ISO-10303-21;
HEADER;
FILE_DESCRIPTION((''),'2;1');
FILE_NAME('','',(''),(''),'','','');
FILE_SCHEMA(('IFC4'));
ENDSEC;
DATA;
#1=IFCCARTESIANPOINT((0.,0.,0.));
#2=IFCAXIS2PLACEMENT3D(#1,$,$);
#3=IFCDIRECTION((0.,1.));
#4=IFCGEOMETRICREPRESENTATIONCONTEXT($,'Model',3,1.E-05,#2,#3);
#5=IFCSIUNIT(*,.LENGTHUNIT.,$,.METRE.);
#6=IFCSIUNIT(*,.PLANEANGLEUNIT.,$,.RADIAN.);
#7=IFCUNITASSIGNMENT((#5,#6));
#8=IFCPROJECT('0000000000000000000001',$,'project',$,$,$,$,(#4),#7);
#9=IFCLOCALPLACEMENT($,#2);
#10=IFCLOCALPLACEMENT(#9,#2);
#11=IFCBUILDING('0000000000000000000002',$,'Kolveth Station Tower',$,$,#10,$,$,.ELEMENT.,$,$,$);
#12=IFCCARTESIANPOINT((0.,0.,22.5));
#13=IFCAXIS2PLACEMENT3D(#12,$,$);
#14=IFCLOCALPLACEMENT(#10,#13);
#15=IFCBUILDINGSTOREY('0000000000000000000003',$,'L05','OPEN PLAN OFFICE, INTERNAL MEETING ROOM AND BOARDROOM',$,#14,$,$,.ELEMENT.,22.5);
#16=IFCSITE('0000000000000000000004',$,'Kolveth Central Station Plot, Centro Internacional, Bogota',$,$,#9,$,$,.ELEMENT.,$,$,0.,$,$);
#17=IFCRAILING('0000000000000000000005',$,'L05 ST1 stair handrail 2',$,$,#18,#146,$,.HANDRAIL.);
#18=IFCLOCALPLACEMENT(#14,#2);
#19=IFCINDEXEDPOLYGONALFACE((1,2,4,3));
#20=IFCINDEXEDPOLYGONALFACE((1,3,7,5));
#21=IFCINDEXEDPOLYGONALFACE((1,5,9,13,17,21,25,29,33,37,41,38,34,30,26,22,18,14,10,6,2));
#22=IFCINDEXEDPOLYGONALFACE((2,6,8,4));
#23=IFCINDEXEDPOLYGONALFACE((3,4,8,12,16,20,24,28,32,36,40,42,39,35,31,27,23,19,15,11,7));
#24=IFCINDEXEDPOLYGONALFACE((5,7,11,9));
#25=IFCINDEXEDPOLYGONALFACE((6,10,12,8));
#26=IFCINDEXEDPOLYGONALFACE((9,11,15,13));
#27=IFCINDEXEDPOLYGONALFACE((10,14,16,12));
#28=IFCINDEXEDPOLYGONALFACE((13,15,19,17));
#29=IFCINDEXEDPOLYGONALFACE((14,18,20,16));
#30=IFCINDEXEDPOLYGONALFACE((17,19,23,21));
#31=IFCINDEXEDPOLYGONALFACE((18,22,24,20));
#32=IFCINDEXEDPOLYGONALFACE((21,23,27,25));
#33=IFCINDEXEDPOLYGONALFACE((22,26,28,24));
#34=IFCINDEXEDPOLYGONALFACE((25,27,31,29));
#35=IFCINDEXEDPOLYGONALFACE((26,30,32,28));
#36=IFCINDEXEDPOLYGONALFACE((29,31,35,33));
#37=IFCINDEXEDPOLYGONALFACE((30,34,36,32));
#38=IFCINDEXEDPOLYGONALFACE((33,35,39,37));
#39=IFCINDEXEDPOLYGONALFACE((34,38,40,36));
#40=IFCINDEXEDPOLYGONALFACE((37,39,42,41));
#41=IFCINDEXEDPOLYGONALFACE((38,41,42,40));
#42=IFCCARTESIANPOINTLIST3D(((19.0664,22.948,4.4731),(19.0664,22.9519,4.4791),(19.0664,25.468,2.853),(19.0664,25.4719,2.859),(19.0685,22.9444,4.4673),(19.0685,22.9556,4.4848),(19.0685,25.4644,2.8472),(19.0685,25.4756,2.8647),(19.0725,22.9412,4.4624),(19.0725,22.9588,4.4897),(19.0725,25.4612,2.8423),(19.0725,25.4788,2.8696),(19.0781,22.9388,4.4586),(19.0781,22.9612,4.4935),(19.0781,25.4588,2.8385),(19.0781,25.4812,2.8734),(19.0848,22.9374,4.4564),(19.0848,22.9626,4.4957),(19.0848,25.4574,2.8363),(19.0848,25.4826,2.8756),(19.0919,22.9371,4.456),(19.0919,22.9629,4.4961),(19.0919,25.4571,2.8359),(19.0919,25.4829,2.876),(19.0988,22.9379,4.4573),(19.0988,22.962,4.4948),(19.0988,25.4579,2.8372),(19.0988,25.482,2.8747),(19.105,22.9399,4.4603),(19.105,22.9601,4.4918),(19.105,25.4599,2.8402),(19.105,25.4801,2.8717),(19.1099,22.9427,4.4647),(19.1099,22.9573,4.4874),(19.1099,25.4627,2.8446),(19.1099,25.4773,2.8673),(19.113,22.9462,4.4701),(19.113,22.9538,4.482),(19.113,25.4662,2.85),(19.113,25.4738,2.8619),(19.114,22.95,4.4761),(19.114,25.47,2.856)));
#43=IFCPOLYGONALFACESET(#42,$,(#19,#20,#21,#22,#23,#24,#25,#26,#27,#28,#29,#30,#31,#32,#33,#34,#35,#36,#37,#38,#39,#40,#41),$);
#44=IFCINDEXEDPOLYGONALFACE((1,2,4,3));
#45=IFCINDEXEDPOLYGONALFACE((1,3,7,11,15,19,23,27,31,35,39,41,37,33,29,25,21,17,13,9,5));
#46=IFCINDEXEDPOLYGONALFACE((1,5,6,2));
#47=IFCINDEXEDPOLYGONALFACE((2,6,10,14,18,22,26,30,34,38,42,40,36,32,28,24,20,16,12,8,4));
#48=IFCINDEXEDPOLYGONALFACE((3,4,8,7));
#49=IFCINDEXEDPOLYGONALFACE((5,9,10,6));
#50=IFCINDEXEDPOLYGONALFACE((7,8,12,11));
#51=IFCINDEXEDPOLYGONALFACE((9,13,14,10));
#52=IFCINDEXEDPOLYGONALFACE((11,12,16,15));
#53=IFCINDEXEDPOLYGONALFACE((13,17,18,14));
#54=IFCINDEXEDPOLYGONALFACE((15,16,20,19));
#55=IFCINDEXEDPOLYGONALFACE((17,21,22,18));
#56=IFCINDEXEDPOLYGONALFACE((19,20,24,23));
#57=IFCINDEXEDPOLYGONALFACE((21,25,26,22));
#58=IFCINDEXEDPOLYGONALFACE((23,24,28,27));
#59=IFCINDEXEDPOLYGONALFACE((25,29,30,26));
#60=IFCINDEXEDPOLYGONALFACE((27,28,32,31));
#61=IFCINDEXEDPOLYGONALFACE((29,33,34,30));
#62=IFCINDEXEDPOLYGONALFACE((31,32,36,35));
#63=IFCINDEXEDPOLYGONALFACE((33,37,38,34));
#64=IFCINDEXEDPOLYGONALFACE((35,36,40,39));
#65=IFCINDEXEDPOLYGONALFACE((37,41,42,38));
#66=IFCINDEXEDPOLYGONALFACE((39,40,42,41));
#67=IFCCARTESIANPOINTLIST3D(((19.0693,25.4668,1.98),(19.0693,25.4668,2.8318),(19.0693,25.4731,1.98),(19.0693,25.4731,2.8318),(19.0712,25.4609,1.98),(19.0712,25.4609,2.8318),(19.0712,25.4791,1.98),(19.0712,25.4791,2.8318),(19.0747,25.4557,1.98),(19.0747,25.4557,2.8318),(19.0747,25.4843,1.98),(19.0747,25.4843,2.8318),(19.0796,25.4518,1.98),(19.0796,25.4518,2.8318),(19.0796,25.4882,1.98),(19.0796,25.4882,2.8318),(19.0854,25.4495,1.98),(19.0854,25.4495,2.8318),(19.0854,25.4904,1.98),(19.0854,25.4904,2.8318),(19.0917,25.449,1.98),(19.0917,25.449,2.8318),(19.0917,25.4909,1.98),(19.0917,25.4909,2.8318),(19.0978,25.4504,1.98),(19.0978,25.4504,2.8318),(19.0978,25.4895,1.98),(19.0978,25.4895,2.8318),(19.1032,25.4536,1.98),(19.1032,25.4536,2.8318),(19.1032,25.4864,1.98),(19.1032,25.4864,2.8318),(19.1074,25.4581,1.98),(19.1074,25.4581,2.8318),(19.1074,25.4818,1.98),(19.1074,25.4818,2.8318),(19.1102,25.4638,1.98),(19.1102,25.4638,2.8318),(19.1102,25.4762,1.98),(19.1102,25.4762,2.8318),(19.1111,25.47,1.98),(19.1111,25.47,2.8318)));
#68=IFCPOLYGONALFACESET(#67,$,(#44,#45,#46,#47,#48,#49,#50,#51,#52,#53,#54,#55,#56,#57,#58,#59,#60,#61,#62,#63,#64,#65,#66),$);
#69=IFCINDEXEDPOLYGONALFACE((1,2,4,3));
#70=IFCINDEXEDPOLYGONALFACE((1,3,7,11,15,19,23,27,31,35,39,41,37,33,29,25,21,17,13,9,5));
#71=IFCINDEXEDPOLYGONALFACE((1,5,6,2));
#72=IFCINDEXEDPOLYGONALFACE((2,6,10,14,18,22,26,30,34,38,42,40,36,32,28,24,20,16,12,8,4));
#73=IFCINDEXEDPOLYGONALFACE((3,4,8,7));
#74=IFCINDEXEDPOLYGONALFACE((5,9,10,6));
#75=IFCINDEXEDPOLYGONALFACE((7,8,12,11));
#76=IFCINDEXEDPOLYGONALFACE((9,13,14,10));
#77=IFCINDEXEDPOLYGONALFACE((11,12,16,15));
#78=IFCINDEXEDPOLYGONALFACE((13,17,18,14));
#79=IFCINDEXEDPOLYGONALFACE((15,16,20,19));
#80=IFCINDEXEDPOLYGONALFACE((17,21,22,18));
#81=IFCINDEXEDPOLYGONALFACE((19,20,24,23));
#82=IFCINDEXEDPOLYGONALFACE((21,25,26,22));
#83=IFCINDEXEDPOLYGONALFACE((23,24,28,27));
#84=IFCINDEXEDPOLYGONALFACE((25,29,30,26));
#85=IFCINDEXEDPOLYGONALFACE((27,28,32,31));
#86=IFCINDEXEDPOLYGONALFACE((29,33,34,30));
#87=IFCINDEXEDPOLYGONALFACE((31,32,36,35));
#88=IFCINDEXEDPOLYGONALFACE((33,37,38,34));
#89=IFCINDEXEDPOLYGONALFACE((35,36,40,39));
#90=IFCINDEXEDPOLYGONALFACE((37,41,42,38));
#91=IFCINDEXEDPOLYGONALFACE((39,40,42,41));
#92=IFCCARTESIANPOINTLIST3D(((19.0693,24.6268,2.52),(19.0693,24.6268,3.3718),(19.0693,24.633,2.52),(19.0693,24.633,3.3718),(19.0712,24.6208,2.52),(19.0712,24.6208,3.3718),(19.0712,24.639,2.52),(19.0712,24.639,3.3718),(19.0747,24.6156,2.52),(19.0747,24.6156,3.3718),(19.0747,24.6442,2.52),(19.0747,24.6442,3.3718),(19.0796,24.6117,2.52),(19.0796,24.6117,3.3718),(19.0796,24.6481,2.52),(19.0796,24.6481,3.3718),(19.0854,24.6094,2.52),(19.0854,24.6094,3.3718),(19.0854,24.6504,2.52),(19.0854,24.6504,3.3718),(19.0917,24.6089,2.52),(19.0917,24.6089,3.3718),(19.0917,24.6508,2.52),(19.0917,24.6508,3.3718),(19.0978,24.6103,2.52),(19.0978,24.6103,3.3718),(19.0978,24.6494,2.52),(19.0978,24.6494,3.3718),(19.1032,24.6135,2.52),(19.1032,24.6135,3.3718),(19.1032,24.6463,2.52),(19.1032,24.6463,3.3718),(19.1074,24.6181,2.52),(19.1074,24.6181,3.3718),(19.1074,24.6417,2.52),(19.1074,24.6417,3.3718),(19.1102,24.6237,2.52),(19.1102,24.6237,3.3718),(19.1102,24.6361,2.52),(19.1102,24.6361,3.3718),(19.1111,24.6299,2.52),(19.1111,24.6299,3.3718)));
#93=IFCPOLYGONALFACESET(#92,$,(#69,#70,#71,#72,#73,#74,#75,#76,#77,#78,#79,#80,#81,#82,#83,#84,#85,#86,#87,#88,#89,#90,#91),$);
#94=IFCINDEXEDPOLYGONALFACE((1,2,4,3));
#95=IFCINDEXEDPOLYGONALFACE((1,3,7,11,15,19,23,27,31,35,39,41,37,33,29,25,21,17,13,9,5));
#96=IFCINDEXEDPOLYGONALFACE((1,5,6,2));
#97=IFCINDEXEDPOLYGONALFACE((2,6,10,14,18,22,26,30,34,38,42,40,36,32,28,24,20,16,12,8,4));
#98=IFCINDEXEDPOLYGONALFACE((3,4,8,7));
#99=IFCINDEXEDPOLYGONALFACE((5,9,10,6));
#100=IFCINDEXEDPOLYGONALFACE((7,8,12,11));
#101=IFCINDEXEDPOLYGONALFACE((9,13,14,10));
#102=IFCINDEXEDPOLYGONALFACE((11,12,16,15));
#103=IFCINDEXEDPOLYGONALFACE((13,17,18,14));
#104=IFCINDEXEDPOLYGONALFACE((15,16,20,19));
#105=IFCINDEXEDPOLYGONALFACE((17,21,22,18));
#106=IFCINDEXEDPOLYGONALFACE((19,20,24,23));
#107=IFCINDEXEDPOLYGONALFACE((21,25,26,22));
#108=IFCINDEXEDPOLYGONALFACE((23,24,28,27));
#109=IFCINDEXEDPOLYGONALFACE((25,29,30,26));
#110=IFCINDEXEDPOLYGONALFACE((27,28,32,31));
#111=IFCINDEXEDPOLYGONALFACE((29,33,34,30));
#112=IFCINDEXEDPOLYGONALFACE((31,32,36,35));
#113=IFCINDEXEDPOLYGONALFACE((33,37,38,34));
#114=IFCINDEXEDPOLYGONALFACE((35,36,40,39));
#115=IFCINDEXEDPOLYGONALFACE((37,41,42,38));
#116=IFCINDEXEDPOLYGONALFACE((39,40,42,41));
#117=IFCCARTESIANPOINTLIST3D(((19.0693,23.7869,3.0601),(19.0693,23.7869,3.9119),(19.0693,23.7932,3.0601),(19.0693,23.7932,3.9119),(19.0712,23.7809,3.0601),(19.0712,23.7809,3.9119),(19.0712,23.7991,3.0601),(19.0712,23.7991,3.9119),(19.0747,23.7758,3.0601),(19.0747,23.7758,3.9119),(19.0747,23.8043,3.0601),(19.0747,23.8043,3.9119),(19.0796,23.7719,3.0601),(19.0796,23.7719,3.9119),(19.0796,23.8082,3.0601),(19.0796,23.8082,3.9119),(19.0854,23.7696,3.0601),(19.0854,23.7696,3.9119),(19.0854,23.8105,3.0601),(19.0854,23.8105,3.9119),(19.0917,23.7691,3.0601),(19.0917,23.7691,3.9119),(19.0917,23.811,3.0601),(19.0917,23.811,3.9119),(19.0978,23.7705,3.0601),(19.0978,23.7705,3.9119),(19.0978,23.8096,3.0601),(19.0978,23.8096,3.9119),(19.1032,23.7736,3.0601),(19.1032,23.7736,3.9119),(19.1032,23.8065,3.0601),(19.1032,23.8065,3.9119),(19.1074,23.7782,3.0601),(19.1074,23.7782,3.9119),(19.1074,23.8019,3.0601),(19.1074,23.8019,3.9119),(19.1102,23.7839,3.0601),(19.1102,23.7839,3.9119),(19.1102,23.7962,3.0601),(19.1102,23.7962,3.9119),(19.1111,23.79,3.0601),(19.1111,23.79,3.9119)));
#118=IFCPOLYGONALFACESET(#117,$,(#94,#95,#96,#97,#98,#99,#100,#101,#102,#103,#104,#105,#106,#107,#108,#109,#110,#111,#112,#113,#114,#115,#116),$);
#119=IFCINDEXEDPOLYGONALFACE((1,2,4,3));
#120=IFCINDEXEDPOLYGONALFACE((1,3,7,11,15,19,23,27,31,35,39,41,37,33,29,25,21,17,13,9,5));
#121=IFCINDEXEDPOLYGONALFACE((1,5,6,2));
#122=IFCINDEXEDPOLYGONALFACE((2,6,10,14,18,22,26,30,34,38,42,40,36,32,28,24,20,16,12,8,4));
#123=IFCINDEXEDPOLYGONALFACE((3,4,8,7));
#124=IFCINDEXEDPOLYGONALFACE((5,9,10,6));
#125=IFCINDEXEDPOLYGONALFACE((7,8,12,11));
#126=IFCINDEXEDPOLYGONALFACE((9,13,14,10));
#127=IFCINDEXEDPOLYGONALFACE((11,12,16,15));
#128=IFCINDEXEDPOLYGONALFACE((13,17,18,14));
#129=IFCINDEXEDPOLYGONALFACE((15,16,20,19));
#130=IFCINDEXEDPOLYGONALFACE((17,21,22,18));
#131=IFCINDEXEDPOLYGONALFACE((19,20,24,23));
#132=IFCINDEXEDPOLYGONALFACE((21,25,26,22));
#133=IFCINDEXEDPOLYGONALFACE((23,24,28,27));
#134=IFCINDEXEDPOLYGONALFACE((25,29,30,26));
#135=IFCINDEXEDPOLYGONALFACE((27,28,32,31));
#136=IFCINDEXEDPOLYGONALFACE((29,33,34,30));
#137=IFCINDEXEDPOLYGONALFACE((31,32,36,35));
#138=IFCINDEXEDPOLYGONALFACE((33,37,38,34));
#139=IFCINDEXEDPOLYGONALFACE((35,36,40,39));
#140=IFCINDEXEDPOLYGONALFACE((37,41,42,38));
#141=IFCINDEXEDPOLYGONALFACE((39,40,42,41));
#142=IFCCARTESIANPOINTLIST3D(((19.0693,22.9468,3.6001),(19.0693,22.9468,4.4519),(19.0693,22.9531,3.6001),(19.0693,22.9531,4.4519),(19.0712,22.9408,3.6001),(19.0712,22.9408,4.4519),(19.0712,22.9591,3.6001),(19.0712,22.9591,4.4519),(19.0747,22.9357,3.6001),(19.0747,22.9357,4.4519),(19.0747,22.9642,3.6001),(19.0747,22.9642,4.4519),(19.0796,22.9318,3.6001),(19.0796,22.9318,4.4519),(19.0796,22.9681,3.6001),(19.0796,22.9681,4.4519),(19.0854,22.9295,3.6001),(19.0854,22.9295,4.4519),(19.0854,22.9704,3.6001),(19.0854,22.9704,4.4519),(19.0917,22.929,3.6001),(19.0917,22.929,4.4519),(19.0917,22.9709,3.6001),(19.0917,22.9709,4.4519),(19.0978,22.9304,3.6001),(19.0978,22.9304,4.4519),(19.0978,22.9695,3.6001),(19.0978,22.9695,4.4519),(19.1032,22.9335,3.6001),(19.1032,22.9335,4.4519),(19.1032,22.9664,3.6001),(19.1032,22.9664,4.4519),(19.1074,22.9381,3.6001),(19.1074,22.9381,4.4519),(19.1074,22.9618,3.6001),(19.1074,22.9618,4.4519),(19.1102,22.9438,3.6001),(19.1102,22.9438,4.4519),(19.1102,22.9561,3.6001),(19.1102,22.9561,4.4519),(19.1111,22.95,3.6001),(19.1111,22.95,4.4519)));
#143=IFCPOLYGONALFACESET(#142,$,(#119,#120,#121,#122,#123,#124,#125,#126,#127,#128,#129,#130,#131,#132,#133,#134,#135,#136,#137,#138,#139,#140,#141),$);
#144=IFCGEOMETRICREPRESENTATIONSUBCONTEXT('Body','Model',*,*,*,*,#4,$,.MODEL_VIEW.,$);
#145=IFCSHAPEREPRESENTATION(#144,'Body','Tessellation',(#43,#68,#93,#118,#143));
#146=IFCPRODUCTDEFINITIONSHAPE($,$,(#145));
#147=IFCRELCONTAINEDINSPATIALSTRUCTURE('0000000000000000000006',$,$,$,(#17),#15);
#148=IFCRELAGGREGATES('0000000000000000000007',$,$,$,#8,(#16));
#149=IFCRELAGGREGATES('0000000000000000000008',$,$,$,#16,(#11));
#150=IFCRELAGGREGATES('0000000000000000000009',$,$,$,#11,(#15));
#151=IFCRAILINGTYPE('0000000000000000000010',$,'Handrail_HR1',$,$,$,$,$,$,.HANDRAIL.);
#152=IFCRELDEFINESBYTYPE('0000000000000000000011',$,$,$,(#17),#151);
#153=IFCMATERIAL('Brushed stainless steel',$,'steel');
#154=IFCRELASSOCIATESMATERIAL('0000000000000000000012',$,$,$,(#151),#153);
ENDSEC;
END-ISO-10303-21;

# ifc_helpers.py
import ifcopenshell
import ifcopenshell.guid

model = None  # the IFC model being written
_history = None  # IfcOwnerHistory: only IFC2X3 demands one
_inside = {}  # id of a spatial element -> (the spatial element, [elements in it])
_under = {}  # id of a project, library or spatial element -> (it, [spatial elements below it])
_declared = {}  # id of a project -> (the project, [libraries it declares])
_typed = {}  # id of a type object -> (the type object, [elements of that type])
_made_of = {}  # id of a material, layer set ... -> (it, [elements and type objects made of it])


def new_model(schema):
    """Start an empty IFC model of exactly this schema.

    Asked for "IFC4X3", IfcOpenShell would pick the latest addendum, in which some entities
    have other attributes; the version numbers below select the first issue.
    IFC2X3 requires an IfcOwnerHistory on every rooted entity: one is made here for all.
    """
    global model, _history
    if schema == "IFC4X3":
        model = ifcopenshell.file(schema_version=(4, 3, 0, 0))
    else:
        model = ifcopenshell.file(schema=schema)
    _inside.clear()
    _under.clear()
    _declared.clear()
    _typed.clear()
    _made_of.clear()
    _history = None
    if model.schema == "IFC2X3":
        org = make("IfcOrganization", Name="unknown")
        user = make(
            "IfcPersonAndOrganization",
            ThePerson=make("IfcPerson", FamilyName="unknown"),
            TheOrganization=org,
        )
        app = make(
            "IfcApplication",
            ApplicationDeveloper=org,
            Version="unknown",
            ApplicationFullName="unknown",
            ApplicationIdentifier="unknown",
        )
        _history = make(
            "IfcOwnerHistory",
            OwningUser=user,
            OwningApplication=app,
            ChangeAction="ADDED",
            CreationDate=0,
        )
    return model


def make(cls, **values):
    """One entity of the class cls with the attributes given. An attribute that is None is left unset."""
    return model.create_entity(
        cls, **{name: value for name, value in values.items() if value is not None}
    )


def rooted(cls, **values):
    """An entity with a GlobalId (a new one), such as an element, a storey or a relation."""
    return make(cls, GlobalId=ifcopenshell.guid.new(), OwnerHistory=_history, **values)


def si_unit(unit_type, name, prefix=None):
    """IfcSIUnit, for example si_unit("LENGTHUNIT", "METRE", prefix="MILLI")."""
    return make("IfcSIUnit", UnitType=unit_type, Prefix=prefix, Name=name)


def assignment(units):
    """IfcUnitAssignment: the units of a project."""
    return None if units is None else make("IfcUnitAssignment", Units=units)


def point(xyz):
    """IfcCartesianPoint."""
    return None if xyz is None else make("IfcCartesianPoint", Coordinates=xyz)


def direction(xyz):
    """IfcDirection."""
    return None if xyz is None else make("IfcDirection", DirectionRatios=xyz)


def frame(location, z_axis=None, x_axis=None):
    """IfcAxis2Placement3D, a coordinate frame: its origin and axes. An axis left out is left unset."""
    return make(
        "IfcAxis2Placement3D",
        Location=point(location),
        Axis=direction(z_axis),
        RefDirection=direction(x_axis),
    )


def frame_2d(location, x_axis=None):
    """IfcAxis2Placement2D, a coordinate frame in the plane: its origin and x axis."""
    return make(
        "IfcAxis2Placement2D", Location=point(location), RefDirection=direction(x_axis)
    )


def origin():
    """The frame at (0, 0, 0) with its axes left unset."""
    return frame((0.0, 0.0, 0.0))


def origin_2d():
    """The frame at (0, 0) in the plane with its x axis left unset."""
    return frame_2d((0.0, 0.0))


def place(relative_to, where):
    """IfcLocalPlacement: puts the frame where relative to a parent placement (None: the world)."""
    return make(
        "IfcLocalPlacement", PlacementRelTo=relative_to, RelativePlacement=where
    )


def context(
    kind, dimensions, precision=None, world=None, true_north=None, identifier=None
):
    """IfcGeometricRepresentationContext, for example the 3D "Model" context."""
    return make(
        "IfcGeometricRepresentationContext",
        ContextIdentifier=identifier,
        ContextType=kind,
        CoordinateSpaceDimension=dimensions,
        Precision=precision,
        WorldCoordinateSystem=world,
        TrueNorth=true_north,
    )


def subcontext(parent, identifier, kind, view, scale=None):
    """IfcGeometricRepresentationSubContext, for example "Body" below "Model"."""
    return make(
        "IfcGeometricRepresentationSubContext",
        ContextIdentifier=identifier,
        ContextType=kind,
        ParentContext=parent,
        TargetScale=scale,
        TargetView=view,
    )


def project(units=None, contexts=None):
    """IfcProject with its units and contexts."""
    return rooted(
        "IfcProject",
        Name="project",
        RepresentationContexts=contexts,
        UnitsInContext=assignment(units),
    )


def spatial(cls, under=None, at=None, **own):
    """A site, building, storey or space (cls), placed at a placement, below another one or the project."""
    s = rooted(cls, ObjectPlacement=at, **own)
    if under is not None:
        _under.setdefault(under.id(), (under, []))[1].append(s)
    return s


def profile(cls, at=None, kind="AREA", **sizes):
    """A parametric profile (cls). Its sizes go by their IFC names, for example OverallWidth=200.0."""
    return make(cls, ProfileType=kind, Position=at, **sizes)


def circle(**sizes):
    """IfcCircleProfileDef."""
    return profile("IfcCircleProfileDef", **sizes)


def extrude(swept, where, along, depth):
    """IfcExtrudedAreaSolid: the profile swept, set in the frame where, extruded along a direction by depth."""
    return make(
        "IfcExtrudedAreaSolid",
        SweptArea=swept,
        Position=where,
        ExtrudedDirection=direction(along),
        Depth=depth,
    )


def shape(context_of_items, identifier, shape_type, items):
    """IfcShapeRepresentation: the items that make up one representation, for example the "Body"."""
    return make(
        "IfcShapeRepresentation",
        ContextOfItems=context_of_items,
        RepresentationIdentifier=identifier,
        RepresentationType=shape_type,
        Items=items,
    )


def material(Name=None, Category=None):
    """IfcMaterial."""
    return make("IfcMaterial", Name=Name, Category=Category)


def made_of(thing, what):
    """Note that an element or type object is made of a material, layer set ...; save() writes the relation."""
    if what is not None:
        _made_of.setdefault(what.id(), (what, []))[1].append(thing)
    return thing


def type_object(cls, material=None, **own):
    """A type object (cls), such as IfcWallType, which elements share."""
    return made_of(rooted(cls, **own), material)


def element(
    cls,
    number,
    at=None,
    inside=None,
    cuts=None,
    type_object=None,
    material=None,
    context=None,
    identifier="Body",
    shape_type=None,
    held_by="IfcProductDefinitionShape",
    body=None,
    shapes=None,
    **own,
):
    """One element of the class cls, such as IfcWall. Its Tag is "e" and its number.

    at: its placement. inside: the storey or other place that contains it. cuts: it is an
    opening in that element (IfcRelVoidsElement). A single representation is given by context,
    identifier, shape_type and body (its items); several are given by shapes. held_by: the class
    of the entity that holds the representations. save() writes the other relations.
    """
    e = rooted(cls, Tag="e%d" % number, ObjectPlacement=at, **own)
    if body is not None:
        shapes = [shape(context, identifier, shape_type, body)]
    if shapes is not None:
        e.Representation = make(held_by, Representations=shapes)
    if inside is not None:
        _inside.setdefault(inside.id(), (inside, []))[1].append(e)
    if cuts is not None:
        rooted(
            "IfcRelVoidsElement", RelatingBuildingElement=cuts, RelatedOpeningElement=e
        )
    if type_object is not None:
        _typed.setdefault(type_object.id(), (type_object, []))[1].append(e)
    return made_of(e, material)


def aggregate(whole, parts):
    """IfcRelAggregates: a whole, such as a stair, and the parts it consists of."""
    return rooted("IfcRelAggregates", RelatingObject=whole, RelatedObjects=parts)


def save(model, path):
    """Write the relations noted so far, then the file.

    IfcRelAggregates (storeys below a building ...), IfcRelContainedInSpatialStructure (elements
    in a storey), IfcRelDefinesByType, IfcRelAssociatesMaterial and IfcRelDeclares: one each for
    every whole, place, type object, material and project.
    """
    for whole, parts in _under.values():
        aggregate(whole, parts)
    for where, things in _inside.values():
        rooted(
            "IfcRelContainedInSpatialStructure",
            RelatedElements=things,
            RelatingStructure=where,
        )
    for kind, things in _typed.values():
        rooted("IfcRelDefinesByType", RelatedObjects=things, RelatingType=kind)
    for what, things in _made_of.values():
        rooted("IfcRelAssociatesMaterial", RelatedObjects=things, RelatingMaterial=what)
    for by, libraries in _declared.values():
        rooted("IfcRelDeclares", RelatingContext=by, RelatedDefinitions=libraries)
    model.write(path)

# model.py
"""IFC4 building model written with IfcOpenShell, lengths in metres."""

from ifc_helpers import new_model, si_unit, direction, frame, origin, origin_2d, place, context, subcontext, project, spatial, circle, extrude, material, type_object, element, save


model = new_model("IFC4")

# Units and contexts
model_context = context("Model", 3, precision=1e-05, world=origin(), true_north=direction((0.0, 1.0)))
body_context = subcontext(model_context, "Body", "Model", "MODEL_VIEW")
ifc_project = project(units=[si_unit("LENGTHUNIT", "METRE"), si_unit("PLANEANGLEUNIT", "RADIAN")], contexts=[model_context])

# Site, building, storey
site_placement = place(None, origin())
site = spatial("IfcSite", under=ifc_project, at=site_placement, Name="Kolveth Central Station Plot, Centro Internacional, Bogota", CompositionType="ELEMENT", RefElevation=0.0)
building_placement = place(site_placement, origin())
building = spatial("IfcBuilding", under=site, at=building_placement, Name="Kolveth Station Tower", CompositionType="ELEMENT")
storey_placement = place(building_placement, frame((0.0, 0.0, 22.5)))
storey = spatial("IfcBuildingStorey", under=building, at=storey_placement, Name="L05", Description="OPEN PLAN OFFICE, INTERNAL MEETING ROOM AND BOARDROOM", CompositionType="ELEMENT", Elevation=22.5)

# Railing
ifc_material_1 = material(Name="Brushed stainless steel", Category="steel")
railing_type_1 = type_object("IfcRailingType", Name="Handrail_HR1", PredefinedType="HANDRAIL", material=ifc_material_1)
railing_1_placement = place(storey_placement, frame((19.0901, 25.47, 1.98)))
element("IfcRailing", 1, at=railing_1_placement, inside=storey, type_object=railing_type_1, Name="L05 ST1 stair handrail 2", PredefinedType="HANDRAIL", context=body_context, shape_type="SweptSolid", body=[
    extrude(circle(Radius=0.0239, at=origin_2d()), frame((0.0, 0.0, 0.876), z_axis=(0.0, -0.841163, 0.540782), x_axis=(1.0, 0.0, 0.0)), (0.0, 0.0, 1.0), 2.9958),
    extrude(circle(Radius=0.021, at=origin_2d()), origin(), (0.0, 0.0, 1.0), 0.8518),
    extrude(circle(Radius=0.021, at=origin_2d()), frame((0.0, -0.8401, 0.54)), (0.0, 0.0, 1.0), 0.8518),
    extrude(circle(Radius=0.021, at=origin_2d()), frame((0.0, -1.6799, 1.0801)), (0.0, 0.0, 1.0), 0.8518),
    extrude(circle(Radius=0.021, at=origin_2d()), frame((0.0, -2.52, 1.6201)), (0.0, 0.0, 1.0), 0.8518),
])

save(model, "model.ifc")
